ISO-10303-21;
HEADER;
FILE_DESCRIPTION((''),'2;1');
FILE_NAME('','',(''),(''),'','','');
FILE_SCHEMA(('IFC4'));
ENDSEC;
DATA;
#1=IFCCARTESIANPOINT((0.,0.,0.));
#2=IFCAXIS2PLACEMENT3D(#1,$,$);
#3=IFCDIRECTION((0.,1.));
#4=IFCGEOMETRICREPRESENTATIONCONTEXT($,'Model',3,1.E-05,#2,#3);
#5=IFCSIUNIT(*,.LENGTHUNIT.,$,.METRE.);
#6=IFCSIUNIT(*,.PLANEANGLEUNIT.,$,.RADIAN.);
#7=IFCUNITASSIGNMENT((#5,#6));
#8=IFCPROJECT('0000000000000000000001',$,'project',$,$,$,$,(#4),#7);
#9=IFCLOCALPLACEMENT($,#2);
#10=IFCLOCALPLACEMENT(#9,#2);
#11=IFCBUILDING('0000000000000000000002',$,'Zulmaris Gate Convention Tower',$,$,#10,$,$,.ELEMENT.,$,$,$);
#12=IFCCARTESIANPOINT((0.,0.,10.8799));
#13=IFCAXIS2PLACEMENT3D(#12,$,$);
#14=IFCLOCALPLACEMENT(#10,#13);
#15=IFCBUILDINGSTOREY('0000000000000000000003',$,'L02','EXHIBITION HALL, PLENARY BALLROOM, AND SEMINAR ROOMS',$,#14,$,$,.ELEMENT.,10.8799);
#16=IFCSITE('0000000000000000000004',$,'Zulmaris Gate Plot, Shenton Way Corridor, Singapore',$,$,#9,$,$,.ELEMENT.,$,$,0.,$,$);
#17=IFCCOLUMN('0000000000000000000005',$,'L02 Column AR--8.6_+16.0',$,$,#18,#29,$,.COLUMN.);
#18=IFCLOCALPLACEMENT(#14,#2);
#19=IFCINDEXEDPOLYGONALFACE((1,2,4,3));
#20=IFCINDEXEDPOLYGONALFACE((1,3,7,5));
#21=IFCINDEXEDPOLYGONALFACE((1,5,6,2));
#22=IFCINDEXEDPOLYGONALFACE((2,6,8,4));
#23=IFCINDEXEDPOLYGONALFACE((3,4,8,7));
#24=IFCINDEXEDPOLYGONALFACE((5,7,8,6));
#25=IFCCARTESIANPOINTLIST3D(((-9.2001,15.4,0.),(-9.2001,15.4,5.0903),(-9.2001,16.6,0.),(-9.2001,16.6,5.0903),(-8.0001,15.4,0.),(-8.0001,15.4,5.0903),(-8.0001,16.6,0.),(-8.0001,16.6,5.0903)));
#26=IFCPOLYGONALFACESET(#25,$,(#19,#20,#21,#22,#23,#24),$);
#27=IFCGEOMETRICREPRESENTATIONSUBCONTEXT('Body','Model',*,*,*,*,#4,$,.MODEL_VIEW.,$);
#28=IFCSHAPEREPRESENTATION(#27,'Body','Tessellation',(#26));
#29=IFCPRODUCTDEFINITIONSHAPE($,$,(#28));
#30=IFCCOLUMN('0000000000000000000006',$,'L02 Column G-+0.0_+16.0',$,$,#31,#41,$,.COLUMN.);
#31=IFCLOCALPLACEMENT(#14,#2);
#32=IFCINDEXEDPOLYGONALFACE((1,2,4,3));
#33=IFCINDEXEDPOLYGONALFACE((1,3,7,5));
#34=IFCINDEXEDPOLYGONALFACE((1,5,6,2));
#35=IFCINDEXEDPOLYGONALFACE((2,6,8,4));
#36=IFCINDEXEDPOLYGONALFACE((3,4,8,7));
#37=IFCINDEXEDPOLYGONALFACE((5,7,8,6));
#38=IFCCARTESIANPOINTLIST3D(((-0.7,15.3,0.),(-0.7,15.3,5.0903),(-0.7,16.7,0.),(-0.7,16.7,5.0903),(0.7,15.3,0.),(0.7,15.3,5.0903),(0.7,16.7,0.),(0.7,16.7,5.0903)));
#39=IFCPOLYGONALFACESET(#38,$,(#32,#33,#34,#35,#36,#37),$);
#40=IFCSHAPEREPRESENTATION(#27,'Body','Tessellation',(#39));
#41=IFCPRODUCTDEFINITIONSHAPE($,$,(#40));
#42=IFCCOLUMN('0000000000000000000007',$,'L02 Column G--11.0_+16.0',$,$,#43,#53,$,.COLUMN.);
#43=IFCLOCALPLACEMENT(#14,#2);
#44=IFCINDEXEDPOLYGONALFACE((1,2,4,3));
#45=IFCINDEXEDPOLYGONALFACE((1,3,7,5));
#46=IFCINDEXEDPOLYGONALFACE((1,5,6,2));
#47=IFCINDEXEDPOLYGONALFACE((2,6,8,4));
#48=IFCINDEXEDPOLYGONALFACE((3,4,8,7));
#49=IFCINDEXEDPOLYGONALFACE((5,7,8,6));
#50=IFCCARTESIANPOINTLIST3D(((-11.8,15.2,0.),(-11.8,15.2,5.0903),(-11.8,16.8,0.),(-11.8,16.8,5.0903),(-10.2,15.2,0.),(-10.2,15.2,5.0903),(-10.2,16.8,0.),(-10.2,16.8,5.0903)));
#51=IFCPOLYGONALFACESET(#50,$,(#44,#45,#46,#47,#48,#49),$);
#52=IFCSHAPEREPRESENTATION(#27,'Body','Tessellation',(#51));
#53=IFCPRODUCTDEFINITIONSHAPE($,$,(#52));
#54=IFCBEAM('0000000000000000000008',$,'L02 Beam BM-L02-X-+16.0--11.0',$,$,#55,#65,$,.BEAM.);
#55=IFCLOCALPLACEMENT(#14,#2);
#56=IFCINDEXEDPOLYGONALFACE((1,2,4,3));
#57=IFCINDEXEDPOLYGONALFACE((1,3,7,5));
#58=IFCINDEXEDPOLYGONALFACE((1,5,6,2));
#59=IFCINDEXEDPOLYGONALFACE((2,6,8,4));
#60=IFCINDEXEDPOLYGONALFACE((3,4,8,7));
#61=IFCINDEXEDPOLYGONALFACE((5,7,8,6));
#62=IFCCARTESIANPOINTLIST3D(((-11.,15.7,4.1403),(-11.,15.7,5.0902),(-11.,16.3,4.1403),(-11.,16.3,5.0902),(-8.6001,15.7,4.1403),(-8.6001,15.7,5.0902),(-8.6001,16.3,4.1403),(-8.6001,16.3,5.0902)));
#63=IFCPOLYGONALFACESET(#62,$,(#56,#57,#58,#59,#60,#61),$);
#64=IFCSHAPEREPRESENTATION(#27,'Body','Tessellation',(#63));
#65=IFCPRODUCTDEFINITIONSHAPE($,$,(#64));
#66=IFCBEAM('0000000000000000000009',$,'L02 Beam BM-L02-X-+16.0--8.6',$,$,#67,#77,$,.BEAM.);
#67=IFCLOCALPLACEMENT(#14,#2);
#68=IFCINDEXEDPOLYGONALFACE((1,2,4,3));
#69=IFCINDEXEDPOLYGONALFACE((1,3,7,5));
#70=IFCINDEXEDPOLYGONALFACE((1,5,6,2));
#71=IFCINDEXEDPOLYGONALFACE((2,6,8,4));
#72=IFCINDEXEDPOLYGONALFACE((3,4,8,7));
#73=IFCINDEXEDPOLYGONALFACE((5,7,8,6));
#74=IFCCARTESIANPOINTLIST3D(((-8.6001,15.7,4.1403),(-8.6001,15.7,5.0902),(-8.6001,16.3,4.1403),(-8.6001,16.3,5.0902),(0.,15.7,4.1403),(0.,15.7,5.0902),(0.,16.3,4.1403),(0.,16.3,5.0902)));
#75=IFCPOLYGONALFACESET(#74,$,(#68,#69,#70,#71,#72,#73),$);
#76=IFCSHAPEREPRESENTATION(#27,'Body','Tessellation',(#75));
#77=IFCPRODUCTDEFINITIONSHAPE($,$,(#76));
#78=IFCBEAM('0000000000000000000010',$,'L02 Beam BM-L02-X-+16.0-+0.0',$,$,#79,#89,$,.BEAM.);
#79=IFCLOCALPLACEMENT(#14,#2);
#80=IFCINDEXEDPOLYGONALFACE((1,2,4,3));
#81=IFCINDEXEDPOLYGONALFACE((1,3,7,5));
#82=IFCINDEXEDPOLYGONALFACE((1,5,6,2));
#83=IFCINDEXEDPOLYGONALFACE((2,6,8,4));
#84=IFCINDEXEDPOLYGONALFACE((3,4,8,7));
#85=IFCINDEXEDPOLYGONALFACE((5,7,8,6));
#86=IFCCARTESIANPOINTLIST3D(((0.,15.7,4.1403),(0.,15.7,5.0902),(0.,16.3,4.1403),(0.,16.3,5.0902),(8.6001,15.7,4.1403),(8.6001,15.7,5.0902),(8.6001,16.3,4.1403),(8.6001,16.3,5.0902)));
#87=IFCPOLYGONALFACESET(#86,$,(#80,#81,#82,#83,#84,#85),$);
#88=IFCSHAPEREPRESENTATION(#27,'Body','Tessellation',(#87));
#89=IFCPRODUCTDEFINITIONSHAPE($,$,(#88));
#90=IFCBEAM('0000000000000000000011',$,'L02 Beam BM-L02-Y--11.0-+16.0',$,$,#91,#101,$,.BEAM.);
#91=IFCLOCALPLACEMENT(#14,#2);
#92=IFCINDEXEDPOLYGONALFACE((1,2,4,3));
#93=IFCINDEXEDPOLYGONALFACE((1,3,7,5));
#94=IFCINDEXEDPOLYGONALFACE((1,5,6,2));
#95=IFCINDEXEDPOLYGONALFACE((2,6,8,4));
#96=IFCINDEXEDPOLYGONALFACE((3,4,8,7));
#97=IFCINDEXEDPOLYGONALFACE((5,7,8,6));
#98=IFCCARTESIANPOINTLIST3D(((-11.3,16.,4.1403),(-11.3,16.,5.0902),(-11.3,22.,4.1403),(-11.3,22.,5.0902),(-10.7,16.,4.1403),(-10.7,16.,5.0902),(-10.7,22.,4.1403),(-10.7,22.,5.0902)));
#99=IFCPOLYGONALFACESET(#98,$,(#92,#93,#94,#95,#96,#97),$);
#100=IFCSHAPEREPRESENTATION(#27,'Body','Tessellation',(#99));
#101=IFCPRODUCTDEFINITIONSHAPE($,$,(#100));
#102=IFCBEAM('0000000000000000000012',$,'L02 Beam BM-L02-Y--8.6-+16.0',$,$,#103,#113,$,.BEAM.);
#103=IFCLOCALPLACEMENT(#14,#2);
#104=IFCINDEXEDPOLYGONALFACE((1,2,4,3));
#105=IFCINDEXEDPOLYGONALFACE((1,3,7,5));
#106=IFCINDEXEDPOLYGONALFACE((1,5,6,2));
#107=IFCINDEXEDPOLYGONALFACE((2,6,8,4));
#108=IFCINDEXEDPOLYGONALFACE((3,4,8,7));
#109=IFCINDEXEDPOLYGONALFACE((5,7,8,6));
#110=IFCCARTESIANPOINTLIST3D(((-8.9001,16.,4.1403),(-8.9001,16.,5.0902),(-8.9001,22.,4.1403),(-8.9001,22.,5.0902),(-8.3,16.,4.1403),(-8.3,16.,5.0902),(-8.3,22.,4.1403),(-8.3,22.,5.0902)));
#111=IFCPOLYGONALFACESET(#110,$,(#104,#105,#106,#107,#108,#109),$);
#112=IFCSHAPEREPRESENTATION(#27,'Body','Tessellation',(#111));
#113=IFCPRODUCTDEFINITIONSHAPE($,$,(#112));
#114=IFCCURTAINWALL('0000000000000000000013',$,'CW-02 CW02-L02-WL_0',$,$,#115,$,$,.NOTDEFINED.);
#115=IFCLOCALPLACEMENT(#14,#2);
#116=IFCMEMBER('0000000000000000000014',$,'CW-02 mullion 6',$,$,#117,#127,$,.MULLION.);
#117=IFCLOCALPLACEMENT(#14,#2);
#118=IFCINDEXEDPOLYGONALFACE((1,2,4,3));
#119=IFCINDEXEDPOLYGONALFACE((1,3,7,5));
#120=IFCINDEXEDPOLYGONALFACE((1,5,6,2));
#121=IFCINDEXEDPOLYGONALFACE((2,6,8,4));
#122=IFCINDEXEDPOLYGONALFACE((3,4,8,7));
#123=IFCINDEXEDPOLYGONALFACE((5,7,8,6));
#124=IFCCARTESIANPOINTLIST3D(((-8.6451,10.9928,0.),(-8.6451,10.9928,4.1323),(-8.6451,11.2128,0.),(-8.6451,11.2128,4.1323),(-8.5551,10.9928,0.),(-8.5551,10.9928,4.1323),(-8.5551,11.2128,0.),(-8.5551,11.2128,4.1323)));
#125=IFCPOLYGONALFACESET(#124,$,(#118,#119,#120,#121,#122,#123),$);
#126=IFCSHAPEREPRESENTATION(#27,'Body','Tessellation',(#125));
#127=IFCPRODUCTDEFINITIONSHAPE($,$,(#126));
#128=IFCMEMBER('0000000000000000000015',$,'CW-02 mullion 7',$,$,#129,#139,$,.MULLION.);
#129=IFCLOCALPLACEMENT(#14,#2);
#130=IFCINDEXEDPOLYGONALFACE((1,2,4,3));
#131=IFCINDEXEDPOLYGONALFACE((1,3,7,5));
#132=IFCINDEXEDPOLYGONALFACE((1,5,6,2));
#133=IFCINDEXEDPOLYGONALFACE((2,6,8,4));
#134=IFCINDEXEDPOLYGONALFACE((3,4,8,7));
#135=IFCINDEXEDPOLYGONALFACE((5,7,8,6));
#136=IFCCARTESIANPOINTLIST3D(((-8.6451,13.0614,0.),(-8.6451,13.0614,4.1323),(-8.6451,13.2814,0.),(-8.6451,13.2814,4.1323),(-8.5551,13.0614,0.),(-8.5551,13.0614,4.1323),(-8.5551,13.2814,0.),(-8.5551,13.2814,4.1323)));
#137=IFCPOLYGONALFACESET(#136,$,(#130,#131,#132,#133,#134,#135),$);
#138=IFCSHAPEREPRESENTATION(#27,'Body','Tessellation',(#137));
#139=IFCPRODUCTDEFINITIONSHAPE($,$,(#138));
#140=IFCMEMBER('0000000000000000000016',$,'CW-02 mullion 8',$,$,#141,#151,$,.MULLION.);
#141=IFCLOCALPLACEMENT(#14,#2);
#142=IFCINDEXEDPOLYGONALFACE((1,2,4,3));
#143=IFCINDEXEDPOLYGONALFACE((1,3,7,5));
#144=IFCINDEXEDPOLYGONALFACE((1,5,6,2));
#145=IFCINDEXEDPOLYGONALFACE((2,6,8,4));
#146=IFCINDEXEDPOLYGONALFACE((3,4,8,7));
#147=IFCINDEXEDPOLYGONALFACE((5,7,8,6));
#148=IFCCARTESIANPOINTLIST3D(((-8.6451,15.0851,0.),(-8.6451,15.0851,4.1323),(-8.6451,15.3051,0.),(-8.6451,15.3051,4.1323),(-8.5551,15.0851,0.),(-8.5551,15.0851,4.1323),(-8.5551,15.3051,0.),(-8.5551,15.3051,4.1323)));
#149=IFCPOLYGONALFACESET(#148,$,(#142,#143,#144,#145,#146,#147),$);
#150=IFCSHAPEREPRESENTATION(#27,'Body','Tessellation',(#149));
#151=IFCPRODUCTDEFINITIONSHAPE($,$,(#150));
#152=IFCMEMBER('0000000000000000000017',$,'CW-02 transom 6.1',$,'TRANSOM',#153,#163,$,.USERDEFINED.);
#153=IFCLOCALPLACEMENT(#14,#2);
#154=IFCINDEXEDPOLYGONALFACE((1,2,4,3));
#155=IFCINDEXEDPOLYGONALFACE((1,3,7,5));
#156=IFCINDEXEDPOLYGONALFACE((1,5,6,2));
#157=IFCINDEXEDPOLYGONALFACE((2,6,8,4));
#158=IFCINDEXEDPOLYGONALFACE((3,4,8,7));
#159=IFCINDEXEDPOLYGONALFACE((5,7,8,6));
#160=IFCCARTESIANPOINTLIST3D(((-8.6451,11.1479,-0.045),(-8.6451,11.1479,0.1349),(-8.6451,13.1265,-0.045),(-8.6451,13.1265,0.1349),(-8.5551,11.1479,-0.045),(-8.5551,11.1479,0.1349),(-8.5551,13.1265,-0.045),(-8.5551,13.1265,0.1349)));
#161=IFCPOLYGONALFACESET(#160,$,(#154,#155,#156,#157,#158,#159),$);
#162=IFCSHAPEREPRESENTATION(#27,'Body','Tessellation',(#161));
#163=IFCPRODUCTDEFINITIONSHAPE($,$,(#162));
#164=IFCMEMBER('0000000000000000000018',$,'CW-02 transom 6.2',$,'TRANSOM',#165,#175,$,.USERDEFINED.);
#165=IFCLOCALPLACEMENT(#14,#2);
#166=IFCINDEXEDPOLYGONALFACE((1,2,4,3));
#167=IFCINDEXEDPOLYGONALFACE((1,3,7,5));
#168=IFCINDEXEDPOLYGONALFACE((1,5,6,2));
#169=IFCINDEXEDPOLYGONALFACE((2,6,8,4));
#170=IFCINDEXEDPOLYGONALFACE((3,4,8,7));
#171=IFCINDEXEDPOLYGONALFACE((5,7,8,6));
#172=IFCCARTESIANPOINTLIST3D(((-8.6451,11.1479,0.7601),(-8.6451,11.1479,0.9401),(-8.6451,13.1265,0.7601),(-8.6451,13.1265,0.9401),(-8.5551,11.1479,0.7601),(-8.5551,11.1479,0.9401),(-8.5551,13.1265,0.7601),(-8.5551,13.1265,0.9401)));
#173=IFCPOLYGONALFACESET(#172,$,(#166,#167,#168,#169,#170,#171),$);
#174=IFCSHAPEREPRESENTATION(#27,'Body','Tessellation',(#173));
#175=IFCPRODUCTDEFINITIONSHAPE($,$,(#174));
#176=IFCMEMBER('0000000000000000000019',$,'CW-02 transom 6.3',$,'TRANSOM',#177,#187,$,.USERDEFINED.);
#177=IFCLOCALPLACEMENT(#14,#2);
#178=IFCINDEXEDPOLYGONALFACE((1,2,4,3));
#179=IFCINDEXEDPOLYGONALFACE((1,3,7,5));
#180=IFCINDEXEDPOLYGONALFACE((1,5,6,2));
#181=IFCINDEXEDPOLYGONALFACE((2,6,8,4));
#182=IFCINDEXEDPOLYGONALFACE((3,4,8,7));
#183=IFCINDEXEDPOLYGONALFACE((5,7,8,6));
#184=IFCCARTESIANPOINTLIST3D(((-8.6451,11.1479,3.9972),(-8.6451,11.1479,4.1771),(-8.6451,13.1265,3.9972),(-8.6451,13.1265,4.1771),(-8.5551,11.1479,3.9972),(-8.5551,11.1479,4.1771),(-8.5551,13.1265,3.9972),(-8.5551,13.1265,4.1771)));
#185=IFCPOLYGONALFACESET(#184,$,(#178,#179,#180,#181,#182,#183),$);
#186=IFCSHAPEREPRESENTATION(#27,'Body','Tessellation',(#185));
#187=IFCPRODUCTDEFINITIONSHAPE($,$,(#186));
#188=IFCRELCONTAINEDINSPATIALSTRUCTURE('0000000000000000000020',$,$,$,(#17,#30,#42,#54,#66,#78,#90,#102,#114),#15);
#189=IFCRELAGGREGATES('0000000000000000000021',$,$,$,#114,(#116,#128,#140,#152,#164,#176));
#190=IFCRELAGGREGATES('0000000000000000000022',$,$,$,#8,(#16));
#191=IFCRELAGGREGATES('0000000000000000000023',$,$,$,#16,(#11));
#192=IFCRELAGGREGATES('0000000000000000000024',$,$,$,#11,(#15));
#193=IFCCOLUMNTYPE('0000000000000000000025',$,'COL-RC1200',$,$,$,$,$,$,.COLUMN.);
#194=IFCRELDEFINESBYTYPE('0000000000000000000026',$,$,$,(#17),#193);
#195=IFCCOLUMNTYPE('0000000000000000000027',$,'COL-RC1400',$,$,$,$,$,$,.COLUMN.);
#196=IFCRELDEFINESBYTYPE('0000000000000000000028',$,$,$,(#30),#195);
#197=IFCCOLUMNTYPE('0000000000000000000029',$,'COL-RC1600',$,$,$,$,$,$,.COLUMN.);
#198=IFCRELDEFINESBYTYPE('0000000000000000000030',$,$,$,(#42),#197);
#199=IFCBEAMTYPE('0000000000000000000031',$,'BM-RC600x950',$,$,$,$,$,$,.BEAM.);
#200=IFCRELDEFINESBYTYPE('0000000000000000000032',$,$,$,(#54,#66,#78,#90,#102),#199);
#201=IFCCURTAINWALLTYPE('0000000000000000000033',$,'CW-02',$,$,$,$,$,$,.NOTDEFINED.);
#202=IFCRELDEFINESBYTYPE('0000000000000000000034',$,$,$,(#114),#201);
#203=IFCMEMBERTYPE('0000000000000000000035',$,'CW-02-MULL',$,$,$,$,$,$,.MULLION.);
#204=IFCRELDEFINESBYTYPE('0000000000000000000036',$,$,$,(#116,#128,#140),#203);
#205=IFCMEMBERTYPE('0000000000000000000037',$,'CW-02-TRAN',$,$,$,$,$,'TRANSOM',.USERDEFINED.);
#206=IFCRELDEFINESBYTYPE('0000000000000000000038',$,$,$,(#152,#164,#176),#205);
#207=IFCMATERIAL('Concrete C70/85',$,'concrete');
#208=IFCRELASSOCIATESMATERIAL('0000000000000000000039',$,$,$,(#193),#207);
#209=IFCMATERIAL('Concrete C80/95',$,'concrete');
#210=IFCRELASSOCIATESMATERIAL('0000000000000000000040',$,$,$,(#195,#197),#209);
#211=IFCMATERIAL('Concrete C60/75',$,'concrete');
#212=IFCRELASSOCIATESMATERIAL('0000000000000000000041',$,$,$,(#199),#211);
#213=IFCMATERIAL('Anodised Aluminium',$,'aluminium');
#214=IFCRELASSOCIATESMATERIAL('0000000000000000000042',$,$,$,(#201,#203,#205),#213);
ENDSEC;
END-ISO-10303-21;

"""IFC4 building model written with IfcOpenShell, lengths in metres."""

from ifc_helpers import new_model, si_unit, direction, frame, origin, origin_2d, place, context, subcontext, project, spatial, rectangle, extrude, material, material_profile, profile_set, type_object, element, aggregate, save


model = new_model("IFC4")

# Units and contexts
model_context = context("Model", 3, precision=1e-05, world=origin(), true_north=direction((0.0, 1.0)))
body_context = subcontext(model_context, "Body", "Model", "MODEL_VIEW")
ifc_project = project(units=[si_unit("LENGTHUNIT", "METRE"), si_unit("PLANEANGLEUNIT", "RADIAN")], contexts=[model_context])

# Site, building, storey
site_placement = place(None, origin())
site = spatial("IfcSite", under=ifc_project, at=site_placement, Name="Zulmaris Gate Plot, Shenton Way Corridor, Singapore", CompositionType="ELEMENT", RefElevation=0.0)
building_placement = place(site_placement, origin())
building = spatial("IfcBuilding", under=site, at=building_placement, Name="Zulmaris Gate Convention Tower", CompositionType="ELEMENT")
storey_placement = place(building_placement, frame((0.0, 0.0, 10.8799)))
storey = spatial("IfcBuildingStorey", under=building, at=storey_placement, Name="L02", Description="EXHIBITION HALL, PLENARY BALLROOM, AND SEMINAR ROOMS", CompositionType="ELEMENT", Elevation=10.8799)

# Columns
ifc_material_1 = material(Name="Concrete C70/85", Category="concrete")
ifc_material_profile_1 = material_profile(ifc_material_1, rectangle(XDim=1.2, YDim=1.2, at=origin_2d()), Name="RC COL 1200x1200")
ifc_profile_set_1 = profile_set([ifc_material_profile_1], Name="Concrete C70/85")
column_type_1 = type_object("IfcColumnType", Name="COL-RC1200", PredefinedType="COLUMN", material=ifc_profile_set_1)
column_1_placement = place(storey_placement, frame((-8.6001, 16.0, 0.0), z_axis=(0.0, 0.0, 1.0), x_axis=(1.0, 0.0, 0.0)))
element("IfcColumn", 1, at=column_1_placement, inside=storey, type_object=column_type_1, Name="L02 Column AR--8.6_+16.0", PredefinedType="COLUMN", context=body_context, shape_type="SweptSolid", body=[
    extrude(rectangle(XDim=1.2, YDim=1.2, at=origin_2d()), origin(), (0.0, 0.0, 1.0), 5.0903),
])
ifc_material_2 = material(Name="Concrete C80/95", Category="concrete")
ifc_material_profile_2 = material_profile(ifc_material_2, rectangle(XDim=1.3999, YDim=1.3999, at=origin_2d()), Name="RC COL 1400x1400")
ifc_profile_set_2 = profile_set([ifc_material_profile_2], Name="Concrete C80/95")
column_type_2 = type_object("IfcColumnType", Name="COL-RC1400", PredefinedType="COLUMN", material=ifc_profile_set_2)
column_2_placement = place(storey_placement, frame((0.0, 16.0, 0.0), z_axis=(0.0, 0.0, 1.0), x_axis=(1.0, 0.0, 0.0)))
element("IfcColumn", 2, at=column_2_placement, inside=storey, type_object=column_type_2, Name="L02 Column G-+0.0_+16.0", PredefinedType="COLUMN", context=body_context, shape_type="SweptSolid", body=[
    extrude(rectangle(XDim=1.3999, YDim=1.3999, at=origin_2d()), origin(), (0.0, 0.0, 1.0), 5.0903),
])
ifc_material_profile_3 = material_profile(ifc_material_2, rectangle(XDim=1.6001, YDim=1.6001, at=origin_2d()), Name="RC COL 1600x1600")
ifc_profile_set_3 = profile_set([ifc_material_profile_3], Name="Concrete C80/95")
column_type_3 = type_object("IfcColumnType", Name="COL-RC1600", PredefinedType="COLUMN", material=ifc_profile_set_3)
column_3_placement = place(storey_placement, frame((-11.0, 16.0, 0.0), z_axis=(0.0, 0.0, 1.0), x_axis=(1.0, 0.0, 0.0)))
element("IfcColumn", 3, at=column_3_placement, inside=storey, type_object=column_type_3, Name="L02 Column G--11.0_+16.0", PredefinedType="COLUMN", context=body_context, shape_type="SweptSolid", body=[
    extrude(rectangle(XDim=1.6001, YDim=1.6001, at=origin_2d()), origin(), (0.0, 0.0, 1.0), 5.0903),
])

# Beams
ifc_material_3 = material(Name="Concrete C60/75", Category="concrete")
ifc_material_profile_4 = material_profile(ifc_material_3, rectangle(XDim=0.6001, YDim=0.95, at=origin_2d()), Name="RC BEAM 600x950")
ifc_profile_set_4 = profile_set([ifc_material_profile_4], Name="Concrete C60/75")
beam_type = type_object("IfcBeamType", Name="BM-RC600x950", PredefinedType="BEAM", material=ifc_profile_set_4)
beam_placement = place(storey_placement, frame((-11.0, 16.0, 4.6152), z_axis=(1.0, 0.0, 0.0), x_axis=(0.0, 1.0, 0.0)))
element("IfcBeam", 4, at=beam_placement, inside=storey, type_object=beam_type, Name="L02 Beam BM-L02-X-+16.0--11.0", PredefinedType="BEAM", context=body_context, shape_type="SweptSolid", body=[
    extrude(rectangle(XDim=0.6001, YDim=0.95, at=origin_2d()), origin(), (0.0, 0.0, 1.0), 2.3999),
])
for number, where, z_axis, x_axis, name in (
    (5, (-8.6001, 16.0, 4.6152), (1.0, 0.0, 0.0), (0.0, 1.0, 0.0), "L02 Beam BM-L02-X-+16.0--8.6"),
    (6, (0.0, 16.0, 4.6152), (1.0, 0.0, 0.0), (0.0, 1.0, 0.0), "L02 Beam BM-L02-X-+16.0-+0.0"),
):
    element("IfcBeam", number, at=place(storey_placement, frame(where, z_axis=z_axis, x_axis=x_axis)), inside=storey, type_object=beam_type, Name=name, PredefinedType="BEAM", context=body_context, shape_type="SweptSolid", body=[
        extrude(rectangle(XDim=0.6001, YDim=0.95, at=origin_2d()), origin(), (0.0, 0.0, 1.0), 8.6001),
    ])
for number, where, z_axis, x_axis, name in (
    (7, (-11.0, 16.0, 4.6152), (0.0, 1.0, 0.0), (-1.0, 0.0, 0.0), "L02 Beam BM-L02-Y--11.0-+16.0"),
    (8, (-8.6001, 16.0, 4.6152), (0.0, 1.0, 0.0), (-1.0, 0.0, 0.0), "L02 Beam BM-L02-Y--8.6-+16.0"),
):
    element("IfcBeam", number, at=place(storey_placement, frame(where, z_axis=z_axis, x_axis=x_axis)), inside=storey, type_object=beam_type, Name=name, PredefinedType="BEAM", context=body_context, shape_type="SweptSolid", body=[
        extrude(rectangle(XDim=0.6001, YDim=0.95, at=origin_2d()), origin(), (0.0, 0.0, 1.0), 6.0),
    ])

# Curtain wall, members
ifc_material_4 = material(Name="Anodised Aluminium", Category="aluminium")
curtain_wall_type = type_object("IfcCurtainWallType", Name="CW-02", PredefinedType="NOTDEFINED", material=ifc_material_4)
curtain_wall_placement = place(storey_placement, origin())
curtain_wall = element("IfcCurtainWall", 9, at=curtain_wall_placement, inside=storey, type_object=curtain_wall_type, Name="CW-02 CW02-L02-WL_0", PredefinedType="NOTDEFINED")
ifc_material_profile_5 = material_profile(ifc_material_4, rectangle(XDim=0.0901, YDim=0.22, at=origin_2d()), Name="ALU MULLION 90x220")
ifc_profile_set_5 = profile_set([ifc_material_profile_5], Name="Anodised Aluminium")
member_type_1 = type_object("IfcMemberType", Name="CW-02-MULL", PredefinedType="MULLION", material=ifc_profile_set_5)
member_1_placement = place(storey_placement, frame((-8.6001, 11.1028, 0.0), z_axis=(0.0, 0.0, 1.0), x_axis=(-1.0, 0.0, 0.0)))
member_1 = element("IfcMember", 10, at=member_1_placement, type_object=member_type_1, Name="CW-02 mullion 6", PredefinedType="MULLION", context=body_context, shape_type="SweptSolid", body=[
    extrude(rectangle(XDim=0.0901, YDim=0.22, at=origin_2d()), origin(), (0.0, 0.0, 1.0), 4.1323),
])
member_2_placement = place(storey_placement, frame((-8.6001, 13.1714, 0.0), z_axis=(0.0, 0.0, 1.0), x_axis=(-1.0, 0.0, 0.0)))
member_2 = element("IfcMember", 11, at=member_2_placement, type_object=member_type_1, Name="CW-02 mullion 7", PredefinedType="MULLION", context=body_context, shape_type="SweptSolid", body=[
    extrude(rectangle(XDim=0.0901, YDim=0.22, at=origin_2d()), origin(), (0.0, 0.0, 1.0), 4.1323),
])
member_3_placement = place(storey_placement, frame((-8.6001, 15.1951, 0.0), z_axis=(0.0, 0.0, 1.0), x_axis=(-1.0, 0.0, 0.0)))
member_3 = element("IfcMember", 12, at=member_3_placement, type_object=member_type_1, Name="CW-02 mullion 8", PredefinedType="MULLION", context=body_context, shape_type="SweptSolid", body=[
    extrude(rectangle(XDim=0.0901, YDim=0.22, at=origin_2d()), origin(), (0.0, 0.0, 1.0), 4.1323),
])
ifc_material_profile_6 = material_profile(ifc_material_4, rectangle(XDim=0.0901, YDim=0.1799, at=origin_2d()), Name="ALU TRANSOM 90x180")
ifc_profile_set_6 = profile_set([ifc_material_profile_6], Name="Anodised Aluminium")
member_type_2 = type_object("IfcMemberType", Name="CW-02-TRAN", ElementType="TRANSOM", PredefinedType="USERDEFINED", material=ifc_profile_set_6)
member_4_placement = place(storey_placement, frame((-8.6001, 11.1479, 0.0449), z_axis=(0.0, 1.0, 0.0), x_axis=(-1.0, 0.0, 0.0)))
member_4 = element("IfcMember", 13, at=member_4_placement, type_object=member_type_2, Name="CW-02 transom 6.1", ObjectType="TRANSOM", PredefinedType="USERDEFINED", context=body_context, shape_type="SweptSolid", body=[
    extrude(rectangle(XDim=0.0901, YDim=0.1799, at=origin_2d()), origin(), (0.0, 0.0, 1.0), 1.9785),
])
member_5_placement = place(storey_placement, frame((-8.6001, 11.1479, 0.8501), z_axis=(0.0, 1.0, 0.0), x_axis=(-1.0, 0.0, 0.0)))
member_5 = element("IfcMember", 14, at=member_5_placement, type_object=member_type_2, Name="CW-02 transom 6.2", ObjectType="TRANSOM", PredefinedType="USERDEFINED", context=body_context, shape_type="SweptSolid", body=[
    extrude(rectangle(XDim=0.0901, YDim=0.1799, at=origin_2d()), origin(), (0.0, 0.0, 1.0), 1.9785),
])
member_6_placement = place(storey_placement, frame((-8.6001, 11.1479, 4.0872), z_axis=(0.0, 1.0, 0.0), x_axis=(-1.0, 0.0, 0.0)))
member_6 = element("IfcMember", 15, at=member_6_placement, type_object=member_type_2, Name="CW-02 transom 6.3", ObjectType="TRANSOM", PredefinedType="USERDEFINED", context=body_context, shape_type="SweptSolid", body=[
    extrude(rectangle(XDim=0.0901, YDim=0.1799, at=origin_2d()), origin(), (0.0, 0.0, 1.0), 1.9785),
])
aggregate(curtain_wall, [member_1, member_2, member_3, member_4, member_5, member_6])

save(model, "model.ifc")
